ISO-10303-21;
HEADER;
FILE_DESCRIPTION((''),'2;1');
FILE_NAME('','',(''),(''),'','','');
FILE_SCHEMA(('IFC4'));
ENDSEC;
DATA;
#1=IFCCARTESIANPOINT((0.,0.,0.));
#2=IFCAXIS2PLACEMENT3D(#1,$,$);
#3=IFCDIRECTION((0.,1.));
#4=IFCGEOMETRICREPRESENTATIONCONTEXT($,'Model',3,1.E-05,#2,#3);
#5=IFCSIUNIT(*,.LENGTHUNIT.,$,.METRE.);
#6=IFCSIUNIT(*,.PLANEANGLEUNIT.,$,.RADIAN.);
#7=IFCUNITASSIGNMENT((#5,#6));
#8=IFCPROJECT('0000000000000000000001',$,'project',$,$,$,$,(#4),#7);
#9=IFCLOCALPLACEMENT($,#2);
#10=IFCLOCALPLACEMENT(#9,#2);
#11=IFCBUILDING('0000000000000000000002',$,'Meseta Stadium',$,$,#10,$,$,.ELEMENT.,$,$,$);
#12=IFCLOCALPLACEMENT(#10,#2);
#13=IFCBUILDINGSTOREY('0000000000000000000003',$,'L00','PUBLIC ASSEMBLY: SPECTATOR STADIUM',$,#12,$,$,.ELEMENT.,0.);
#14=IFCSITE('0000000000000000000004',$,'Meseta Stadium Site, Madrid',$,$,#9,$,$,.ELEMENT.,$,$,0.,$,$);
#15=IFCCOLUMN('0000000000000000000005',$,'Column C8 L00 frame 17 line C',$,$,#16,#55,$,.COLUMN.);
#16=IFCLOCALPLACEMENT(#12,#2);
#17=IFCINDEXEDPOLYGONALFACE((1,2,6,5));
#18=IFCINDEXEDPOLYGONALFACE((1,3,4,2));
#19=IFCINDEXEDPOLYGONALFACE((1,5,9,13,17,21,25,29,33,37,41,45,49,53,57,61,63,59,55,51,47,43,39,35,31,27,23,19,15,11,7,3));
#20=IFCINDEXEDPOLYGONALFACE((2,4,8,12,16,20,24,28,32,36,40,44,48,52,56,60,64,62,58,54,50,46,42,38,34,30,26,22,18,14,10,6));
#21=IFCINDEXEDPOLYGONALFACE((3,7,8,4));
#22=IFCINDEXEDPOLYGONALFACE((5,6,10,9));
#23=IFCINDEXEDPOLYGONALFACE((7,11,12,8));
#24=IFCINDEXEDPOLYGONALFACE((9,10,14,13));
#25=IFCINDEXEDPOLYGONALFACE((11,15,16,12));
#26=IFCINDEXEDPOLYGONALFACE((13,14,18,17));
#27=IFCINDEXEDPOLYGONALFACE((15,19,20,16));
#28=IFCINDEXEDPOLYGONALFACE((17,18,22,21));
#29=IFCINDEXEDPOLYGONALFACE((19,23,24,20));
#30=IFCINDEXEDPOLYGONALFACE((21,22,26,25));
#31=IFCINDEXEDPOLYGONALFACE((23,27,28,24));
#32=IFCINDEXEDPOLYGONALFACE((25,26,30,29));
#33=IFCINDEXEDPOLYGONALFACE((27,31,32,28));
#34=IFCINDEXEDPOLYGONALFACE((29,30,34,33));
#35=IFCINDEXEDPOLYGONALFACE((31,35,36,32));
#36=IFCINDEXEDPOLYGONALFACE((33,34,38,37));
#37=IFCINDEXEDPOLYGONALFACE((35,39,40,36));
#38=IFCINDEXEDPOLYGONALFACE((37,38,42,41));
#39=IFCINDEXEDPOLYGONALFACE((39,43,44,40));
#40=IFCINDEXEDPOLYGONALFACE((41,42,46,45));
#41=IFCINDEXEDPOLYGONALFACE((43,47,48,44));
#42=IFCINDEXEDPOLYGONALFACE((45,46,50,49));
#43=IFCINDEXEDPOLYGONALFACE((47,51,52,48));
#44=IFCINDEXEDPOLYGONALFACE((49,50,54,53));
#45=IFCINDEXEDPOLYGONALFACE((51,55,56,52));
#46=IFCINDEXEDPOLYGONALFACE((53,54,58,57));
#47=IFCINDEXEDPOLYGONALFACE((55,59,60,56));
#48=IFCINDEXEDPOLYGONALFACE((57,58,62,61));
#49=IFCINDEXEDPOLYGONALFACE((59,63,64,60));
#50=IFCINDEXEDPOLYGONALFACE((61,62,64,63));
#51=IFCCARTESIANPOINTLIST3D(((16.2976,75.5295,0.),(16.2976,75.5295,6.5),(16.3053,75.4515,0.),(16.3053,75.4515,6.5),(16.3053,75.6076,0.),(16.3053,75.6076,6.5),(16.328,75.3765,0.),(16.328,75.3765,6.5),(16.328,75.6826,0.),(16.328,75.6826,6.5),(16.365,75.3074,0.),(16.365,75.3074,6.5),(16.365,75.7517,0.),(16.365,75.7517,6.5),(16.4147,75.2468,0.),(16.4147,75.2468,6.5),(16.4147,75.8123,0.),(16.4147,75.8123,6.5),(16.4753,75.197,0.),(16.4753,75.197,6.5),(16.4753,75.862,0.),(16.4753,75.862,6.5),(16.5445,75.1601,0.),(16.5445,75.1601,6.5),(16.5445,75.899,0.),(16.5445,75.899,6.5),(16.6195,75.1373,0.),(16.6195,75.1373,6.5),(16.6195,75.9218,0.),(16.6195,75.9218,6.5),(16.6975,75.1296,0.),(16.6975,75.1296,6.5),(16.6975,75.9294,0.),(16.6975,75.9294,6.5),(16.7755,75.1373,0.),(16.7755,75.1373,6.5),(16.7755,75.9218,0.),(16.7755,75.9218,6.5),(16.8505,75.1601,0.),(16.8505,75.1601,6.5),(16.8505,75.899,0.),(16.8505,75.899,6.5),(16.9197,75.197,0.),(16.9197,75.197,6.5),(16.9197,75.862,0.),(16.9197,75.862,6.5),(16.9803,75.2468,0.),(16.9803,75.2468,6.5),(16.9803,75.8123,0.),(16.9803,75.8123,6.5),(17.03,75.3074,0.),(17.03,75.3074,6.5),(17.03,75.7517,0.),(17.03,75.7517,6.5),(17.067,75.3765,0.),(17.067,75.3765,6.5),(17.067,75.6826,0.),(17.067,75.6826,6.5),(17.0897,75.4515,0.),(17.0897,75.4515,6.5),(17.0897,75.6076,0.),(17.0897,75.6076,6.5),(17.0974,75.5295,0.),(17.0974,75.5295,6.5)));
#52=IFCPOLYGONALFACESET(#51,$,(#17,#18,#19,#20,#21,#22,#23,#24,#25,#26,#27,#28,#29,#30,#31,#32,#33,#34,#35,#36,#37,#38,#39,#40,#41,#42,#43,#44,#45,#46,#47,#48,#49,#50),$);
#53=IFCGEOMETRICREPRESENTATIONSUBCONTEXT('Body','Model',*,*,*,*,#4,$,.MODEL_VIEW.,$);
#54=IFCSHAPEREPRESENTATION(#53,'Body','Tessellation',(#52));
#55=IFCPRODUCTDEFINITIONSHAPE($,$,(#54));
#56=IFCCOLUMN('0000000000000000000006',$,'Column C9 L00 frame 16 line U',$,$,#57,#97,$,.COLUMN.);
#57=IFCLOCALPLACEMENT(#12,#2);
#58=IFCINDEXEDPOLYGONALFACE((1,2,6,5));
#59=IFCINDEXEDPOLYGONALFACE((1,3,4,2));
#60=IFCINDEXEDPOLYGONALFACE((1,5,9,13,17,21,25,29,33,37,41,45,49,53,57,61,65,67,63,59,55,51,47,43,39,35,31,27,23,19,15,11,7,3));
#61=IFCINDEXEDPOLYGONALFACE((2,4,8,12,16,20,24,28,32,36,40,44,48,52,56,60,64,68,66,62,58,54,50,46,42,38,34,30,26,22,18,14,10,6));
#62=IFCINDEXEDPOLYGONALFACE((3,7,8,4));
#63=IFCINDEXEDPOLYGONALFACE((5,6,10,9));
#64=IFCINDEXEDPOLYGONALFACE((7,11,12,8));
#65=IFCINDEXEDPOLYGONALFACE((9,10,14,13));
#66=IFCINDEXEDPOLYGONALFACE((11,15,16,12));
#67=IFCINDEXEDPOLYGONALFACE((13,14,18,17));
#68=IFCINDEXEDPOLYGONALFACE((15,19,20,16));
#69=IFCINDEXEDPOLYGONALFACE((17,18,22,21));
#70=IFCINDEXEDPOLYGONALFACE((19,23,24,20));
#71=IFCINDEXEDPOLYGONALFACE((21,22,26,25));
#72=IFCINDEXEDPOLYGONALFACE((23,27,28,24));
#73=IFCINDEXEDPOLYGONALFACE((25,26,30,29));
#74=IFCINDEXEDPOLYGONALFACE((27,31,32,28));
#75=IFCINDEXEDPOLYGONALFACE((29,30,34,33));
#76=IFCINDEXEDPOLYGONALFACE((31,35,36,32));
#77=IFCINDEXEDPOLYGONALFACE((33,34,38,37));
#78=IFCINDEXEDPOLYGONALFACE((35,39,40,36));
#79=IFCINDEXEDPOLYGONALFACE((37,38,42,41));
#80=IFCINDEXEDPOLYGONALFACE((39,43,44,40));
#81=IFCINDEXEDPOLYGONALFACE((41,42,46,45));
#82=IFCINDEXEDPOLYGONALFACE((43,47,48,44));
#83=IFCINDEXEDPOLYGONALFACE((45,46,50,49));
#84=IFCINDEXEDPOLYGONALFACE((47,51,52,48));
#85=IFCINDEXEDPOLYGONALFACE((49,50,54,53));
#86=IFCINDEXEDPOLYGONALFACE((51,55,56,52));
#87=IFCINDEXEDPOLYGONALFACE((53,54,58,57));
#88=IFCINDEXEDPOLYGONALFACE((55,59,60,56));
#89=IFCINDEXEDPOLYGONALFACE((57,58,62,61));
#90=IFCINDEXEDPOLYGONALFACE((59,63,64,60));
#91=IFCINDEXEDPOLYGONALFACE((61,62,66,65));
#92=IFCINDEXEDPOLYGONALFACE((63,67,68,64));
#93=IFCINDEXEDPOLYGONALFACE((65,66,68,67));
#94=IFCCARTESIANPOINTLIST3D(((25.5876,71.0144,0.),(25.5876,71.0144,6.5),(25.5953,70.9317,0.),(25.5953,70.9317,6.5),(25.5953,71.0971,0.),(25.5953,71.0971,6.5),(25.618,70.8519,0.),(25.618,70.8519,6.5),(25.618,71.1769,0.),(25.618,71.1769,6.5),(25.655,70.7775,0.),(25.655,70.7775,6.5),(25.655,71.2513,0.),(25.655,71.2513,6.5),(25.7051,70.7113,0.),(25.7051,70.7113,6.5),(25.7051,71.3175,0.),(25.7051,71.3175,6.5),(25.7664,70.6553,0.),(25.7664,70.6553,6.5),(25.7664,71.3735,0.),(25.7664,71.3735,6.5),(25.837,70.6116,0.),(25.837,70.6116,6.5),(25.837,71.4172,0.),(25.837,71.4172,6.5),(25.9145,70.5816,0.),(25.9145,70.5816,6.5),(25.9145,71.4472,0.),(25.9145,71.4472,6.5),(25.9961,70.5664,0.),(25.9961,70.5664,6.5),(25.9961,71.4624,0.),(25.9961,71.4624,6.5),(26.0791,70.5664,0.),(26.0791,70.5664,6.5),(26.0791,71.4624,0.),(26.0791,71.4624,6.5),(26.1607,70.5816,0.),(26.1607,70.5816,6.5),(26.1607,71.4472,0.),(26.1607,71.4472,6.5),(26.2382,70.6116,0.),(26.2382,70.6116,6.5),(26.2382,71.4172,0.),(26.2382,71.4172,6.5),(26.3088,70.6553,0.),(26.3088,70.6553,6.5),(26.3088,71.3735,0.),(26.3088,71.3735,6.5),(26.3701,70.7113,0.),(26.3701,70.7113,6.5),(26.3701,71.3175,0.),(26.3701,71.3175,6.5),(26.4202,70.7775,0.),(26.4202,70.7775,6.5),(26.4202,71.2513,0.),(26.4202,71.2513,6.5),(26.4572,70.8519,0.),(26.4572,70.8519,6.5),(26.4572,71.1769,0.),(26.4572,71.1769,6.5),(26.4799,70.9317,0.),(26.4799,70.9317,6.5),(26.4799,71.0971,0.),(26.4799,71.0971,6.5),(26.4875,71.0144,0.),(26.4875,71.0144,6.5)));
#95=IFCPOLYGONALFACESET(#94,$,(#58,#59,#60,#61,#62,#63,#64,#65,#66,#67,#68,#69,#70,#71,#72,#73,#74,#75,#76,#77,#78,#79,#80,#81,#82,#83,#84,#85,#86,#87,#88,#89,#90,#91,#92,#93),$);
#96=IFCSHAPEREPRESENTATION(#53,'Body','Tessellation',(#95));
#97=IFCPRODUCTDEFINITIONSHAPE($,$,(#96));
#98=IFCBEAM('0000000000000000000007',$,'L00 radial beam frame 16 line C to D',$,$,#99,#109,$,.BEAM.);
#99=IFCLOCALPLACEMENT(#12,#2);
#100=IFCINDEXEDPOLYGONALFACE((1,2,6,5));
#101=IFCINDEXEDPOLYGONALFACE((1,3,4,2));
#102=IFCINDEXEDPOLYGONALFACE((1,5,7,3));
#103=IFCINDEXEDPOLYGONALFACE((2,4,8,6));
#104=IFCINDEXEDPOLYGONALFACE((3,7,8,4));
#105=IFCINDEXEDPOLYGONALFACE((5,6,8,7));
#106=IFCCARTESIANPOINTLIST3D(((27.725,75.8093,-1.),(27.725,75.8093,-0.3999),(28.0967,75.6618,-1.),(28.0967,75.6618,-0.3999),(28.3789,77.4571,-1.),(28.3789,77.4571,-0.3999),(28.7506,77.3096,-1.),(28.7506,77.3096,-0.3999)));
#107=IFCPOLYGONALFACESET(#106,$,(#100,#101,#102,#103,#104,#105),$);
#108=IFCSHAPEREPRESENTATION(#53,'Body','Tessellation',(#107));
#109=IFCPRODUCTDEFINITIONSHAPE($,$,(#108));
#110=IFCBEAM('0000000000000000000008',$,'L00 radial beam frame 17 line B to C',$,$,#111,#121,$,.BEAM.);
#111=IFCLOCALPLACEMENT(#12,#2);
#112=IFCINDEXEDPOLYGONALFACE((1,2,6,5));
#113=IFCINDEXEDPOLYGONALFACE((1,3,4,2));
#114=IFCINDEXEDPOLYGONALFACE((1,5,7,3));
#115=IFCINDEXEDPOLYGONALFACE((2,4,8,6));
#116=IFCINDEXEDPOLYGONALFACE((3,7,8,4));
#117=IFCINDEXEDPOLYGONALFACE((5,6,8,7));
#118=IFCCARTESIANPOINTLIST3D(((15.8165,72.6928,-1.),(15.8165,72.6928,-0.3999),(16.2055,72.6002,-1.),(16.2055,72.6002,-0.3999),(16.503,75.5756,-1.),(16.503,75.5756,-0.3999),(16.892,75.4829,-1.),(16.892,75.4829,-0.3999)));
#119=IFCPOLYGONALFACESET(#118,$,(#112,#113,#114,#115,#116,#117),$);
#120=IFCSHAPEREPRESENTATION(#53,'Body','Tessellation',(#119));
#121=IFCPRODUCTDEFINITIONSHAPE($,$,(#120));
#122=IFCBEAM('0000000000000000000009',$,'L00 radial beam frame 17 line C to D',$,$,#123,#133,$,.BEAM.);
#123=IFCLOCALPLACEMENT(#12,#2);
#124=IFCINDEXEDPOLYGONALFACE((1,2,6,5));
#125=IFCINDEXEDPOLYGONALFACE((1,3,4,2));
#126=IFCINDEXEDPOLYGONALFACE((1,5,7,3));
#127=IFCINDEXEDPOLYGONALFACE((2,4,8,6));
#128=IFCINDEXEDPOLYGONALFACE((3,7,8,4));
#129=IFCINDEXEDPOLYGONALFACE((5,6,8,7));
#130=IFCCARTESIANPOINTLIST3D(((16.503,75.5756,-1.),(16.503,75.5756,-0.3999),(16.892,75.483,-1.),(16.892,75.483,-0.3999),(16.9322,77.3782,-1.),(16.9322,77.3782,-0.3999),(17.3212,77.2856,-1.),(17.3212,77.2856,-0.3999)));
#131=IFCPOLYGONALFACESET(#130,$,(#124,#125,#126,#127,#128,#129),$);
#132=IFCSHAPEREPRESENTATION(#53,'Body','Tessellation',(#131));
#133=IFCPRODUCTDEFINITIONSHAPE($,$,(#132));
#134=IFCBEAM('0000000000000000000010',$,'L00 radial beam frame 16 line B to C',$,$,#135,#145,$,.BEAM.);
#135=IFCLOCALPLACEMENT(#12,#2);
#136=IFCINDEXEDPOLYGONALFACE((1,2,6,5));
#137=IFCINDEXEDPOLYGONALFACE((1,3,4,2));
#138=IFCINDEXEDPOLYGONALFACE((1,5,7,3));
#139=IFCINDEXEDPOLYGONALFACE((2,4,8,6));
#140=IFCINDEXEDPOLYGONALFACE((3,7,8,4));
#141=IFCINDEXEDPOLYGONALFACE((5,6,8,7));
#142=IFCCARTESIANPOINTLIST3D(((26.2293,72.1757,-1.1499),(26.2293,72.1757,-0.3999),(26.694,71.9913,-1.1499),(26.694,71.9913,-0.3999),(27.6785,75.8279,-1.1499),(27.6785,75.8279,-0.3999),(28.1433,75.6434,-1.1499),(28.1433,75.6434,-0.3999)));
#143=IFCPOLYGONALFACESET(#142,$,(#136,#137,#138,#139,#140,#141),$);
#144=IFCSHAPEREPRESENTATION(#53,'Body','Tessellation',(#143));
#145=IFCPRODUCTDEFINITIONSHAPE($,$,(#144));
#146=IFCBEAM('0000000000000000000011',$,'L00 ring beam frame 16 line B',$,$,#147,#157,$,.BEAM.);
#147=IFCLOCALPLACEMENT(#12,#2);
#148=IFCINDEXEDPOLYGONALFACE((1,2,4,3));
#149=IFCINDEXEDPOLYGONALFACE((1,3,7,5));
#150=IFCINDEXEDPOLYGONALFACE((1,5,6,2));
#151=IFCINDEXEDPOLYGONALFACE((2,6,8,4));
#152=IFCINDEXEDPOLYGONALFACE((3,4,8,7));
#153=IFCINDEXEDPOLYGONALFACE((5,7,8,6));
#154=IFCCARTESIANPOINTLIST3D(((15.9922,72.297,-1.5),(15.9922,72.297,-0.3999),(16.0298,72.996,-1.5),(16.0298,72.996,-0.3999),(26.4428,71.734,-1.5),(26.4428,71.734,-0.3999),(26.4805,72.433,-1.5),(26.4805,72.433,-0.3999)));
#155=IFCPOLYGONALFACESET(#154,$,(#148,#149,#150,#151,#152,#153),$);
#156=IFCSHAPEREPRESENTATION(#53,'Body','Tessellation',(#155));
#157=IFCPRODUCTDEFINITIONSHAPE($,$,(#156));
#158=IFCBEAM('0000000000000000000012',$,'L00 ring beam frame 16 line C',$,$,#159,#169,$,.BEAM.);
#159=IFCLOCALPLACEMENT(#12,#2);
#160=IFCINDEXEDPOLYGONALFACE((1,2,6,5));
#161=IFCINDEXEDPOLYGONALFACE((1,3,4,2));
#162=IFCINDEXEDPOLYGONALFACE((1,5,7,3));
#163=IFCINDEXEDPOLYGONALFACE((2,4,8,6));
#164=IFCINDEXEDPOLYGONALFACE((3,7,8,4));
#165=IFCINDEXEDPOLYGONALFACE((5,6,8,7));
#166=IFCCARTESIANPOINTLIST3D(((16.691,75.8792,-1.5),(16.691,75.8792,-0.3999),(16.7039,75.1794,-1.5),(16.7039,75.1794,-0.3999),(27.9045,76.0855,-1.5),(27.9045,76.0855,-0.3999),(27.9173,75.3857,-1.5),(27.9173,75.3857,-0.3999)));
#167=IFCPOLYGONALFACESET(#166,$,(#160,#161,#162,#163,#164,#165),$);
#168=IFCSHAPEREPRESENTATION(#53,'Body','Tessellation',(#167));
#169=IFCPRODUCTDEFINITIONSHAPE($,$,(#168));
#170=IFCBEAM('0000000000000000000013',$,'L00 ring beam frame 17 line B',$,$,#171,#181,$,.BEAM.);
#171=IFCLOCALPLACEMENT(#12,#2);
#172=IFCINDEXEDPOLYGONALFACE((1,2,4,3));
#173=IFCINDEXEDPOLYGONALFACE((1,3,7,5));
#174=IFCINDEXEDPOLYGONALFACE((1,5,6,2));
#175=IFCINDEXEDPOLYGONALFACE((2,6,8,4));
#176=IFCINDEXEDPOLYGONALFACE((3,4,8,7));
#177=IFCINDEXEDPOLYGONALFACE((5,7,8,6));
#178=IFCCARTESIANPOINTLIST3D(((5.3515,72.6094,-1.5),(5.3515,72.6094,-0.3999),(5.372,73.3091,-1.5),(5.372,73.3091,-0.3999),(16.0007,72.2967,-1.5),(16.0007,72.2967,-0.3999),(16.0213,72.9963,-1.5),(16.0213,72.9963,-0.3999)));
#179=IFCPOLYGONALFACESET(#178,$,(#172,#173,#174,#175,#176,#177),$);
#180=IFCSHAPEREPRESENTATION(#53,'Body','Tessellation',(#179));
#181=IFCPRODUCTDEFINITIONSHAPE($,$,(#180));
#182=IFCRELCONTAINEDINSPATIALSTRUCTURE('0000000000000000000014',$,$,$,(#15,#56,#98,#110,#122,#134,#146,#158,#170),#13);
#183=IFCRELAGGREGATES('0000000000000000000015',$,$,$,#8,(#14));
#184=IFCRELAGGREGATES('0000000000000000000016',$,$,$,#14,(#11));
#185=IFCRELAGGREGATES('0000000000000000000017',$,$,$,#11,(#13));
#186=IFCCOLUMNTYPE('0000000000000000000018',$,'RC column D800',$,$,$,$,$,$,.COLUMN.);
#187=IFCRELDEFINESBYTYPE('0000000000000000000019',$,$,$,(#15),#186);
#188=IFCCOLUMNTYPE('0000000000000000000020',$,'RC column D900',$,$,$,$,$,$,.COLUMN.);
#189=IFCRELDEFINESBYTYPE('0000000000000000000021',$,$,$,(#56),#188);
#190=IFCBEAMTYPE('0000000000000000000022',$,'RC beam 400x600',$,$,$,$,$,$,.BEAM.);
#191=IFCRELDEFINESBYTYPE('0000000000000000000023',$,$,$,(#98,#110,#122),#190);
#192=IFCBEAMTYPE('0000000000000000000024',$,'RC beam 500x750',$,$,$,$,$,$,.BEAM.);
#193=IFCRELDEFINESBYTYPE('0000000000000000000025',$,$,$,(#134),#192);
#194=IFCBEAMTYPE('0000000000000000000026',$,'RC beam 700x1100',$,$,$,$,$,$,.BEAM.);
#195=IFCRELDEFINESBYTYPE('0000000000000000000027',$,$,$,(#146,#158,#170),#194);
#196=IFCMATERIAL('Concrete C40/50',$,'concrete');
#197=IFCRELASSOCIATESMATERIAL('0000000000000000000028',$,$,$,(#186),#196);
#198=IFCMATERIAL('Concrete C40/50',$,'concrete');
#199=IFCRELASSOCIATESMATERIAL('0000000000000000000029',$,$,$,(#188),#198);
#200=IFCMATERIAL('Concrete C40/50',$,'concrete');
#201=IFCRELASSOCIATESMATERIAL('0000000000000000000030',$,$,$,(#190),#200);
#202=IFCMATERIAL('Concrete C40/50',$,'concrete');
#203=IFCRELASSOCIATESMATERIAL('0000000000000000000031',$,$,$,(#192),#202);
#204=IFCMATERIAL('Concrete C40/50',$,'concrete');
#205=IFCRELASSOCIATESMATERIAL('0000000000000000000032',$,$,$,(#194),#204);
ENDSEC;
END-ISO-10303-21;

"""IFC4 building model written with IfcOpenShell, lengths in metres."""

from ifc_helpers import new_model, si_unit, direction, frame, origin, origin_2d, place, context, subcontext, project, spatial, rectangle, circle, extrude, material, material_profile, profile_set, type_object, element, save


model = new_model("IFC4")

# Units and contexts
model_context = context("Model", 3, precision=1e-05, world=origin(), true_north=direction((0.0, 1.0)))
body_context = subcontext(model_context, "Body", "Model", "MODEL_VIEW")
ifc_project = project(units=[si_unit("LENGTHUNIT", "METRE"), si_unit("PLANEANGLEUNIT", "RADIAN")], contexts=[model_context])

# Site, building, storey
site_placement = place(None, origin())
site = spatial("IfcSite", under=ifc_project, at=site_placement, Name="Meseta Stadium Site, Madrid", CompositionType="ELEMENT", RefElevation=0.0)
building_placement = place(site_placement, origin())
building = spatial("IfcBuilding", under=site, at=building_placement, Name="Meseta Stadium", CompositionType="ELEMENT")
storey_placement = place(building_placement, origin())
storey = spatial("IfcBuildingStorey", under=building, at=storey_placement, Name="L00", Description="PUBLIC ASSEMBLY: SPECTATOR STADIUM", CompositionType="ELEMENT", Elevation=0.0)

# Columns
ifc_material_1 = material(Name="Concrete C40/50", Category="concrete")
ifc_material_profile_1 = material_profile(ifc_material_1, circle(Radius=0.3999, at=origin_2d()), Name="RC D800")
ifc_profile_set_1 = profile_set([ifc_material_profile_1], Name="Concrete C40/50")
column_type_1 = type_object("IfcColumnType", Name="RC column D800", PredefinedType="COLUMN", material=ifc_profile_set_1)
column_1_placement = place(storey_placement, frame((16.6975, 75.5295, 0.0), z_axis=(0.0, 0.0, 1.0), x_axis=(1.0, 0.0, 0.0)))
element("IfcColumn", 1, at=column_1_placement, inside=storey, type_object=column_type_1, Name="Column C8 L00 frame 17 line C", PredefinedType="COLUMN", context=body_context, shape_type="SweptSolid", body=[
    extrude(circle(Radius=0.3999, at=origin_2d()), origin(), (0.0, 0.0, 1.0), 6.5),
])
ifc_material_2 = material(Name="Concrete C40/50", Category="concrete")
ifc_material_profile_2 = material_profile(ifc_material_2, circle(Radius=0.45, at=origin_2d()), Name="RC D900")
ifc_profile_set_2 = profile_set([ifc_material_profile_2], Name="Concrete C40/50")
column_type_2 = type_object("IfcColumnType", Name="RC column D900", PredefinedType="COLUMN", material=ifc_profile_set_2)
column_2_placement = place(storey_placement, frame((26.0376, 71.0144, 0.0), z_axis=(0.0, 0.0, 1.0), x_axis=(1.0, 0.0, 0.0)))
element("IfcColumn", 2, at=column_2_placement, inside=storey, type_object=column_type_2, Name="Column C9 L00 frame 16 line U", PredefinedType="COLUMN", context=body_context, shape_type="SweptSolid", body=[
    extrude(circle(Radius=0.45, at=origin_2d()), origin(), (0.0, 0.0, 1.0), 6.5),
])

# Beams
ifc_material_3 = material(Name="Concrete C40/50", Category="concrete")
ifc_material_profile_3 = material_profile(ifc_material_3, rectangle(XDim=0.3999, YDim=0.6001, at=origin_2d()), Name="RC 400x600")
ifc_profile_set_3 = profile_set([ifc_material_profile_3], Name="Concrete C40/50")
beam_type_1 = type_object("IfcBeamType", Name="RC beam 400x600", PredefinedType="BEAM", material=ifc_profile_set_3)
beam_1_placement = place(storey_placement, frame((27.9109, 75.7356, -0.7), z_axis=(0.368825, 0.929499, 0.0), x_axis=(-0.929499, 0.368825, 0.0)))
element("IfcBeam", 3, at=beam_1_placement, inside=storey, type_object=beam_type_1, Name="L00 radial beam frame 16 line C to D", PredefinedType="BEAM", context=body_context, shape_type="SweptSolid", body=[
    extrude(rectangle(XDim=0.3999, YDim=0.6001, at=origin_2d()), origin(), (0.0, 0.0, 1.0), 1.7727),
])
beam_2_placement = place(storey_placement, frame((16.011, 72.6465, -0.7), z_axis=(0.231665, 0.972796, 0.0), x_axis=(-0.972796, 0.231665, 0.0)))
element("IfcBeam", 4, at=beam_2_placement, inside=storey, type_object=beam_type_1, Name="L00 radial beam frame 17 line B to C", PredefinedType="BEAM", context=body_context, shape_type="SweptSolid", body=[
    extrude(rectangle(XDim=0.3999, YDim=0.6001, at=origin_2d()), origin(), (0.0, 0.0, 1.0), 2.9634),
])
beam_3_placement = place(storey_placement, frame((16.6975, 75.5293, -0.7), z_axis=(0.231609, 0.972809, 0.0), x_axis=(-0.972809, 0.231609, 0.0)))
element("IfcBeam", 5, at=beam_3_placement, inside=storey, type_object=beam_type_1, Name="L00 radial beam frame 17 line C to D", PredefinedType="BEAM", context=body_context, shape_type="SweptSolid", body=[
    extrude(rectangle(XDim=0.3999, YDim=0.6001, at=origin_2d()), origin(), (0.0, 0.0, 1.0), 1.853),
])
ifc_material_4 = material(Name="Concrete C40/50", Category="concrete")
ifc_material_profile_4 = material_profile(ifc_material_4, rectangle(XDim=0.5, YDim=0.75, at=origin_2d()), Name="RC 500x750")
ifc_profile_set_4 = profile_set([ifc_material_profile_4], Name="Concrete C40/50")
beam_type_2 = type_object("IfcBeamType", Name="RC beam 500x750", PredefinedType="BEAM", material=ifc_profile_set_4)
beam_4_placement = place(storey_placement, frame((26.4617, 72.0835, -0.7749), z_axis=(0.36884, 0.929493, 0.0), x_axis=(-0.929493, 0.36884, 0.0)))
element("IfcBeam", 6, at=beam_4_placement, inside=storey, type_object=beam_type_2, Name="L00 radial beam frame 16 line B to C", PredefinedType="BEAM", context=body_context, shape_type="SweptSolid", body=[
    extrude(rectangle(XDim=0.5, YDim=0.75, at=origin_2d()), origin(), (0.0, 0.0, 1.0), 3.9292),
])
ifc_material_5 = material(Name="Concrete C40/50", Category="concrete")
ifc_material_profile_5 = material_profile(ifc_material_5, rectangle(XDim=0.7, YDim=1.1001, at=origin_2d()), Name="RC 700x1100")
ifc_profile_set_5 = profile_set([ifc_material_profile_5], Name="Concrete C40/50")
beam_type_3 = type_object("IfcBeamType", Name="RC beam 700x1100", PredefinedType="BEAM", material=ifc_profile_set_5)
beam_5_placement = place(storey_placement, frame((26.4617, 72.0835, -0.95), z_axis=(-0.998552, 0.053793, 0.0), x_axis=(-0.053793, -0.998552, 0.0)))
element("IfcBeam", 7, at=beam_5_placement, inside=storey, type_object=beam_type_3, Name="L00 ring beam frame 16 line B", PredefinedType="BEAM", context=body_context, shape_type="SweptSolid", body=[
    extrude(rectangle(XDim=0.7, YDim=1.1001, at=origin_2d()), origin(), (0.0, 0.0, 1.0), 10.4658),
])
beam_6_placement = place(storey_placement, frame((27.9109, 75.7356, -0.95), z_axis=(-0.999831, -0.018394, 0.0), x_axis=(0.018394, -0.999831, 0.0)))
element("IfcBeam", 8, at=beam_6_placement, inside=storey, type_object=beam_type_3, Name="L00 ring beam frame 16 line C", PredefinedType="BEAM", context=body_context, shape_type="SweptSolid", body=[
    extrude(rectangle(XDim=0.7, YDim=1.1001, at=origin_2d()), origin(), (0.0, 0.0, 1.0), 11.2153),
])
beam_7_placement = place(storey_placement, frame((16.011, 72.6465, -0.95), z_axis=(-0.999569, 0.029355, 0.0), x_axis=(-0.029355, -0.999569, 0.0)))
element("IfcBeam", 9, at=beam_7_placement, inside=storey, type_object=beam_type_3, Name="L00 ring beam frame 17 line B", PredefinedType="BEAM", context=body_context, shape_type="SweptSolid", body=[
    extrude(rectangle(XDim=0.7, YDim=1.1001, at=origin_2d()), origin(), (0.0, 0.0, 1.0), 10.6538),
])

save(model, "model.ifc")
